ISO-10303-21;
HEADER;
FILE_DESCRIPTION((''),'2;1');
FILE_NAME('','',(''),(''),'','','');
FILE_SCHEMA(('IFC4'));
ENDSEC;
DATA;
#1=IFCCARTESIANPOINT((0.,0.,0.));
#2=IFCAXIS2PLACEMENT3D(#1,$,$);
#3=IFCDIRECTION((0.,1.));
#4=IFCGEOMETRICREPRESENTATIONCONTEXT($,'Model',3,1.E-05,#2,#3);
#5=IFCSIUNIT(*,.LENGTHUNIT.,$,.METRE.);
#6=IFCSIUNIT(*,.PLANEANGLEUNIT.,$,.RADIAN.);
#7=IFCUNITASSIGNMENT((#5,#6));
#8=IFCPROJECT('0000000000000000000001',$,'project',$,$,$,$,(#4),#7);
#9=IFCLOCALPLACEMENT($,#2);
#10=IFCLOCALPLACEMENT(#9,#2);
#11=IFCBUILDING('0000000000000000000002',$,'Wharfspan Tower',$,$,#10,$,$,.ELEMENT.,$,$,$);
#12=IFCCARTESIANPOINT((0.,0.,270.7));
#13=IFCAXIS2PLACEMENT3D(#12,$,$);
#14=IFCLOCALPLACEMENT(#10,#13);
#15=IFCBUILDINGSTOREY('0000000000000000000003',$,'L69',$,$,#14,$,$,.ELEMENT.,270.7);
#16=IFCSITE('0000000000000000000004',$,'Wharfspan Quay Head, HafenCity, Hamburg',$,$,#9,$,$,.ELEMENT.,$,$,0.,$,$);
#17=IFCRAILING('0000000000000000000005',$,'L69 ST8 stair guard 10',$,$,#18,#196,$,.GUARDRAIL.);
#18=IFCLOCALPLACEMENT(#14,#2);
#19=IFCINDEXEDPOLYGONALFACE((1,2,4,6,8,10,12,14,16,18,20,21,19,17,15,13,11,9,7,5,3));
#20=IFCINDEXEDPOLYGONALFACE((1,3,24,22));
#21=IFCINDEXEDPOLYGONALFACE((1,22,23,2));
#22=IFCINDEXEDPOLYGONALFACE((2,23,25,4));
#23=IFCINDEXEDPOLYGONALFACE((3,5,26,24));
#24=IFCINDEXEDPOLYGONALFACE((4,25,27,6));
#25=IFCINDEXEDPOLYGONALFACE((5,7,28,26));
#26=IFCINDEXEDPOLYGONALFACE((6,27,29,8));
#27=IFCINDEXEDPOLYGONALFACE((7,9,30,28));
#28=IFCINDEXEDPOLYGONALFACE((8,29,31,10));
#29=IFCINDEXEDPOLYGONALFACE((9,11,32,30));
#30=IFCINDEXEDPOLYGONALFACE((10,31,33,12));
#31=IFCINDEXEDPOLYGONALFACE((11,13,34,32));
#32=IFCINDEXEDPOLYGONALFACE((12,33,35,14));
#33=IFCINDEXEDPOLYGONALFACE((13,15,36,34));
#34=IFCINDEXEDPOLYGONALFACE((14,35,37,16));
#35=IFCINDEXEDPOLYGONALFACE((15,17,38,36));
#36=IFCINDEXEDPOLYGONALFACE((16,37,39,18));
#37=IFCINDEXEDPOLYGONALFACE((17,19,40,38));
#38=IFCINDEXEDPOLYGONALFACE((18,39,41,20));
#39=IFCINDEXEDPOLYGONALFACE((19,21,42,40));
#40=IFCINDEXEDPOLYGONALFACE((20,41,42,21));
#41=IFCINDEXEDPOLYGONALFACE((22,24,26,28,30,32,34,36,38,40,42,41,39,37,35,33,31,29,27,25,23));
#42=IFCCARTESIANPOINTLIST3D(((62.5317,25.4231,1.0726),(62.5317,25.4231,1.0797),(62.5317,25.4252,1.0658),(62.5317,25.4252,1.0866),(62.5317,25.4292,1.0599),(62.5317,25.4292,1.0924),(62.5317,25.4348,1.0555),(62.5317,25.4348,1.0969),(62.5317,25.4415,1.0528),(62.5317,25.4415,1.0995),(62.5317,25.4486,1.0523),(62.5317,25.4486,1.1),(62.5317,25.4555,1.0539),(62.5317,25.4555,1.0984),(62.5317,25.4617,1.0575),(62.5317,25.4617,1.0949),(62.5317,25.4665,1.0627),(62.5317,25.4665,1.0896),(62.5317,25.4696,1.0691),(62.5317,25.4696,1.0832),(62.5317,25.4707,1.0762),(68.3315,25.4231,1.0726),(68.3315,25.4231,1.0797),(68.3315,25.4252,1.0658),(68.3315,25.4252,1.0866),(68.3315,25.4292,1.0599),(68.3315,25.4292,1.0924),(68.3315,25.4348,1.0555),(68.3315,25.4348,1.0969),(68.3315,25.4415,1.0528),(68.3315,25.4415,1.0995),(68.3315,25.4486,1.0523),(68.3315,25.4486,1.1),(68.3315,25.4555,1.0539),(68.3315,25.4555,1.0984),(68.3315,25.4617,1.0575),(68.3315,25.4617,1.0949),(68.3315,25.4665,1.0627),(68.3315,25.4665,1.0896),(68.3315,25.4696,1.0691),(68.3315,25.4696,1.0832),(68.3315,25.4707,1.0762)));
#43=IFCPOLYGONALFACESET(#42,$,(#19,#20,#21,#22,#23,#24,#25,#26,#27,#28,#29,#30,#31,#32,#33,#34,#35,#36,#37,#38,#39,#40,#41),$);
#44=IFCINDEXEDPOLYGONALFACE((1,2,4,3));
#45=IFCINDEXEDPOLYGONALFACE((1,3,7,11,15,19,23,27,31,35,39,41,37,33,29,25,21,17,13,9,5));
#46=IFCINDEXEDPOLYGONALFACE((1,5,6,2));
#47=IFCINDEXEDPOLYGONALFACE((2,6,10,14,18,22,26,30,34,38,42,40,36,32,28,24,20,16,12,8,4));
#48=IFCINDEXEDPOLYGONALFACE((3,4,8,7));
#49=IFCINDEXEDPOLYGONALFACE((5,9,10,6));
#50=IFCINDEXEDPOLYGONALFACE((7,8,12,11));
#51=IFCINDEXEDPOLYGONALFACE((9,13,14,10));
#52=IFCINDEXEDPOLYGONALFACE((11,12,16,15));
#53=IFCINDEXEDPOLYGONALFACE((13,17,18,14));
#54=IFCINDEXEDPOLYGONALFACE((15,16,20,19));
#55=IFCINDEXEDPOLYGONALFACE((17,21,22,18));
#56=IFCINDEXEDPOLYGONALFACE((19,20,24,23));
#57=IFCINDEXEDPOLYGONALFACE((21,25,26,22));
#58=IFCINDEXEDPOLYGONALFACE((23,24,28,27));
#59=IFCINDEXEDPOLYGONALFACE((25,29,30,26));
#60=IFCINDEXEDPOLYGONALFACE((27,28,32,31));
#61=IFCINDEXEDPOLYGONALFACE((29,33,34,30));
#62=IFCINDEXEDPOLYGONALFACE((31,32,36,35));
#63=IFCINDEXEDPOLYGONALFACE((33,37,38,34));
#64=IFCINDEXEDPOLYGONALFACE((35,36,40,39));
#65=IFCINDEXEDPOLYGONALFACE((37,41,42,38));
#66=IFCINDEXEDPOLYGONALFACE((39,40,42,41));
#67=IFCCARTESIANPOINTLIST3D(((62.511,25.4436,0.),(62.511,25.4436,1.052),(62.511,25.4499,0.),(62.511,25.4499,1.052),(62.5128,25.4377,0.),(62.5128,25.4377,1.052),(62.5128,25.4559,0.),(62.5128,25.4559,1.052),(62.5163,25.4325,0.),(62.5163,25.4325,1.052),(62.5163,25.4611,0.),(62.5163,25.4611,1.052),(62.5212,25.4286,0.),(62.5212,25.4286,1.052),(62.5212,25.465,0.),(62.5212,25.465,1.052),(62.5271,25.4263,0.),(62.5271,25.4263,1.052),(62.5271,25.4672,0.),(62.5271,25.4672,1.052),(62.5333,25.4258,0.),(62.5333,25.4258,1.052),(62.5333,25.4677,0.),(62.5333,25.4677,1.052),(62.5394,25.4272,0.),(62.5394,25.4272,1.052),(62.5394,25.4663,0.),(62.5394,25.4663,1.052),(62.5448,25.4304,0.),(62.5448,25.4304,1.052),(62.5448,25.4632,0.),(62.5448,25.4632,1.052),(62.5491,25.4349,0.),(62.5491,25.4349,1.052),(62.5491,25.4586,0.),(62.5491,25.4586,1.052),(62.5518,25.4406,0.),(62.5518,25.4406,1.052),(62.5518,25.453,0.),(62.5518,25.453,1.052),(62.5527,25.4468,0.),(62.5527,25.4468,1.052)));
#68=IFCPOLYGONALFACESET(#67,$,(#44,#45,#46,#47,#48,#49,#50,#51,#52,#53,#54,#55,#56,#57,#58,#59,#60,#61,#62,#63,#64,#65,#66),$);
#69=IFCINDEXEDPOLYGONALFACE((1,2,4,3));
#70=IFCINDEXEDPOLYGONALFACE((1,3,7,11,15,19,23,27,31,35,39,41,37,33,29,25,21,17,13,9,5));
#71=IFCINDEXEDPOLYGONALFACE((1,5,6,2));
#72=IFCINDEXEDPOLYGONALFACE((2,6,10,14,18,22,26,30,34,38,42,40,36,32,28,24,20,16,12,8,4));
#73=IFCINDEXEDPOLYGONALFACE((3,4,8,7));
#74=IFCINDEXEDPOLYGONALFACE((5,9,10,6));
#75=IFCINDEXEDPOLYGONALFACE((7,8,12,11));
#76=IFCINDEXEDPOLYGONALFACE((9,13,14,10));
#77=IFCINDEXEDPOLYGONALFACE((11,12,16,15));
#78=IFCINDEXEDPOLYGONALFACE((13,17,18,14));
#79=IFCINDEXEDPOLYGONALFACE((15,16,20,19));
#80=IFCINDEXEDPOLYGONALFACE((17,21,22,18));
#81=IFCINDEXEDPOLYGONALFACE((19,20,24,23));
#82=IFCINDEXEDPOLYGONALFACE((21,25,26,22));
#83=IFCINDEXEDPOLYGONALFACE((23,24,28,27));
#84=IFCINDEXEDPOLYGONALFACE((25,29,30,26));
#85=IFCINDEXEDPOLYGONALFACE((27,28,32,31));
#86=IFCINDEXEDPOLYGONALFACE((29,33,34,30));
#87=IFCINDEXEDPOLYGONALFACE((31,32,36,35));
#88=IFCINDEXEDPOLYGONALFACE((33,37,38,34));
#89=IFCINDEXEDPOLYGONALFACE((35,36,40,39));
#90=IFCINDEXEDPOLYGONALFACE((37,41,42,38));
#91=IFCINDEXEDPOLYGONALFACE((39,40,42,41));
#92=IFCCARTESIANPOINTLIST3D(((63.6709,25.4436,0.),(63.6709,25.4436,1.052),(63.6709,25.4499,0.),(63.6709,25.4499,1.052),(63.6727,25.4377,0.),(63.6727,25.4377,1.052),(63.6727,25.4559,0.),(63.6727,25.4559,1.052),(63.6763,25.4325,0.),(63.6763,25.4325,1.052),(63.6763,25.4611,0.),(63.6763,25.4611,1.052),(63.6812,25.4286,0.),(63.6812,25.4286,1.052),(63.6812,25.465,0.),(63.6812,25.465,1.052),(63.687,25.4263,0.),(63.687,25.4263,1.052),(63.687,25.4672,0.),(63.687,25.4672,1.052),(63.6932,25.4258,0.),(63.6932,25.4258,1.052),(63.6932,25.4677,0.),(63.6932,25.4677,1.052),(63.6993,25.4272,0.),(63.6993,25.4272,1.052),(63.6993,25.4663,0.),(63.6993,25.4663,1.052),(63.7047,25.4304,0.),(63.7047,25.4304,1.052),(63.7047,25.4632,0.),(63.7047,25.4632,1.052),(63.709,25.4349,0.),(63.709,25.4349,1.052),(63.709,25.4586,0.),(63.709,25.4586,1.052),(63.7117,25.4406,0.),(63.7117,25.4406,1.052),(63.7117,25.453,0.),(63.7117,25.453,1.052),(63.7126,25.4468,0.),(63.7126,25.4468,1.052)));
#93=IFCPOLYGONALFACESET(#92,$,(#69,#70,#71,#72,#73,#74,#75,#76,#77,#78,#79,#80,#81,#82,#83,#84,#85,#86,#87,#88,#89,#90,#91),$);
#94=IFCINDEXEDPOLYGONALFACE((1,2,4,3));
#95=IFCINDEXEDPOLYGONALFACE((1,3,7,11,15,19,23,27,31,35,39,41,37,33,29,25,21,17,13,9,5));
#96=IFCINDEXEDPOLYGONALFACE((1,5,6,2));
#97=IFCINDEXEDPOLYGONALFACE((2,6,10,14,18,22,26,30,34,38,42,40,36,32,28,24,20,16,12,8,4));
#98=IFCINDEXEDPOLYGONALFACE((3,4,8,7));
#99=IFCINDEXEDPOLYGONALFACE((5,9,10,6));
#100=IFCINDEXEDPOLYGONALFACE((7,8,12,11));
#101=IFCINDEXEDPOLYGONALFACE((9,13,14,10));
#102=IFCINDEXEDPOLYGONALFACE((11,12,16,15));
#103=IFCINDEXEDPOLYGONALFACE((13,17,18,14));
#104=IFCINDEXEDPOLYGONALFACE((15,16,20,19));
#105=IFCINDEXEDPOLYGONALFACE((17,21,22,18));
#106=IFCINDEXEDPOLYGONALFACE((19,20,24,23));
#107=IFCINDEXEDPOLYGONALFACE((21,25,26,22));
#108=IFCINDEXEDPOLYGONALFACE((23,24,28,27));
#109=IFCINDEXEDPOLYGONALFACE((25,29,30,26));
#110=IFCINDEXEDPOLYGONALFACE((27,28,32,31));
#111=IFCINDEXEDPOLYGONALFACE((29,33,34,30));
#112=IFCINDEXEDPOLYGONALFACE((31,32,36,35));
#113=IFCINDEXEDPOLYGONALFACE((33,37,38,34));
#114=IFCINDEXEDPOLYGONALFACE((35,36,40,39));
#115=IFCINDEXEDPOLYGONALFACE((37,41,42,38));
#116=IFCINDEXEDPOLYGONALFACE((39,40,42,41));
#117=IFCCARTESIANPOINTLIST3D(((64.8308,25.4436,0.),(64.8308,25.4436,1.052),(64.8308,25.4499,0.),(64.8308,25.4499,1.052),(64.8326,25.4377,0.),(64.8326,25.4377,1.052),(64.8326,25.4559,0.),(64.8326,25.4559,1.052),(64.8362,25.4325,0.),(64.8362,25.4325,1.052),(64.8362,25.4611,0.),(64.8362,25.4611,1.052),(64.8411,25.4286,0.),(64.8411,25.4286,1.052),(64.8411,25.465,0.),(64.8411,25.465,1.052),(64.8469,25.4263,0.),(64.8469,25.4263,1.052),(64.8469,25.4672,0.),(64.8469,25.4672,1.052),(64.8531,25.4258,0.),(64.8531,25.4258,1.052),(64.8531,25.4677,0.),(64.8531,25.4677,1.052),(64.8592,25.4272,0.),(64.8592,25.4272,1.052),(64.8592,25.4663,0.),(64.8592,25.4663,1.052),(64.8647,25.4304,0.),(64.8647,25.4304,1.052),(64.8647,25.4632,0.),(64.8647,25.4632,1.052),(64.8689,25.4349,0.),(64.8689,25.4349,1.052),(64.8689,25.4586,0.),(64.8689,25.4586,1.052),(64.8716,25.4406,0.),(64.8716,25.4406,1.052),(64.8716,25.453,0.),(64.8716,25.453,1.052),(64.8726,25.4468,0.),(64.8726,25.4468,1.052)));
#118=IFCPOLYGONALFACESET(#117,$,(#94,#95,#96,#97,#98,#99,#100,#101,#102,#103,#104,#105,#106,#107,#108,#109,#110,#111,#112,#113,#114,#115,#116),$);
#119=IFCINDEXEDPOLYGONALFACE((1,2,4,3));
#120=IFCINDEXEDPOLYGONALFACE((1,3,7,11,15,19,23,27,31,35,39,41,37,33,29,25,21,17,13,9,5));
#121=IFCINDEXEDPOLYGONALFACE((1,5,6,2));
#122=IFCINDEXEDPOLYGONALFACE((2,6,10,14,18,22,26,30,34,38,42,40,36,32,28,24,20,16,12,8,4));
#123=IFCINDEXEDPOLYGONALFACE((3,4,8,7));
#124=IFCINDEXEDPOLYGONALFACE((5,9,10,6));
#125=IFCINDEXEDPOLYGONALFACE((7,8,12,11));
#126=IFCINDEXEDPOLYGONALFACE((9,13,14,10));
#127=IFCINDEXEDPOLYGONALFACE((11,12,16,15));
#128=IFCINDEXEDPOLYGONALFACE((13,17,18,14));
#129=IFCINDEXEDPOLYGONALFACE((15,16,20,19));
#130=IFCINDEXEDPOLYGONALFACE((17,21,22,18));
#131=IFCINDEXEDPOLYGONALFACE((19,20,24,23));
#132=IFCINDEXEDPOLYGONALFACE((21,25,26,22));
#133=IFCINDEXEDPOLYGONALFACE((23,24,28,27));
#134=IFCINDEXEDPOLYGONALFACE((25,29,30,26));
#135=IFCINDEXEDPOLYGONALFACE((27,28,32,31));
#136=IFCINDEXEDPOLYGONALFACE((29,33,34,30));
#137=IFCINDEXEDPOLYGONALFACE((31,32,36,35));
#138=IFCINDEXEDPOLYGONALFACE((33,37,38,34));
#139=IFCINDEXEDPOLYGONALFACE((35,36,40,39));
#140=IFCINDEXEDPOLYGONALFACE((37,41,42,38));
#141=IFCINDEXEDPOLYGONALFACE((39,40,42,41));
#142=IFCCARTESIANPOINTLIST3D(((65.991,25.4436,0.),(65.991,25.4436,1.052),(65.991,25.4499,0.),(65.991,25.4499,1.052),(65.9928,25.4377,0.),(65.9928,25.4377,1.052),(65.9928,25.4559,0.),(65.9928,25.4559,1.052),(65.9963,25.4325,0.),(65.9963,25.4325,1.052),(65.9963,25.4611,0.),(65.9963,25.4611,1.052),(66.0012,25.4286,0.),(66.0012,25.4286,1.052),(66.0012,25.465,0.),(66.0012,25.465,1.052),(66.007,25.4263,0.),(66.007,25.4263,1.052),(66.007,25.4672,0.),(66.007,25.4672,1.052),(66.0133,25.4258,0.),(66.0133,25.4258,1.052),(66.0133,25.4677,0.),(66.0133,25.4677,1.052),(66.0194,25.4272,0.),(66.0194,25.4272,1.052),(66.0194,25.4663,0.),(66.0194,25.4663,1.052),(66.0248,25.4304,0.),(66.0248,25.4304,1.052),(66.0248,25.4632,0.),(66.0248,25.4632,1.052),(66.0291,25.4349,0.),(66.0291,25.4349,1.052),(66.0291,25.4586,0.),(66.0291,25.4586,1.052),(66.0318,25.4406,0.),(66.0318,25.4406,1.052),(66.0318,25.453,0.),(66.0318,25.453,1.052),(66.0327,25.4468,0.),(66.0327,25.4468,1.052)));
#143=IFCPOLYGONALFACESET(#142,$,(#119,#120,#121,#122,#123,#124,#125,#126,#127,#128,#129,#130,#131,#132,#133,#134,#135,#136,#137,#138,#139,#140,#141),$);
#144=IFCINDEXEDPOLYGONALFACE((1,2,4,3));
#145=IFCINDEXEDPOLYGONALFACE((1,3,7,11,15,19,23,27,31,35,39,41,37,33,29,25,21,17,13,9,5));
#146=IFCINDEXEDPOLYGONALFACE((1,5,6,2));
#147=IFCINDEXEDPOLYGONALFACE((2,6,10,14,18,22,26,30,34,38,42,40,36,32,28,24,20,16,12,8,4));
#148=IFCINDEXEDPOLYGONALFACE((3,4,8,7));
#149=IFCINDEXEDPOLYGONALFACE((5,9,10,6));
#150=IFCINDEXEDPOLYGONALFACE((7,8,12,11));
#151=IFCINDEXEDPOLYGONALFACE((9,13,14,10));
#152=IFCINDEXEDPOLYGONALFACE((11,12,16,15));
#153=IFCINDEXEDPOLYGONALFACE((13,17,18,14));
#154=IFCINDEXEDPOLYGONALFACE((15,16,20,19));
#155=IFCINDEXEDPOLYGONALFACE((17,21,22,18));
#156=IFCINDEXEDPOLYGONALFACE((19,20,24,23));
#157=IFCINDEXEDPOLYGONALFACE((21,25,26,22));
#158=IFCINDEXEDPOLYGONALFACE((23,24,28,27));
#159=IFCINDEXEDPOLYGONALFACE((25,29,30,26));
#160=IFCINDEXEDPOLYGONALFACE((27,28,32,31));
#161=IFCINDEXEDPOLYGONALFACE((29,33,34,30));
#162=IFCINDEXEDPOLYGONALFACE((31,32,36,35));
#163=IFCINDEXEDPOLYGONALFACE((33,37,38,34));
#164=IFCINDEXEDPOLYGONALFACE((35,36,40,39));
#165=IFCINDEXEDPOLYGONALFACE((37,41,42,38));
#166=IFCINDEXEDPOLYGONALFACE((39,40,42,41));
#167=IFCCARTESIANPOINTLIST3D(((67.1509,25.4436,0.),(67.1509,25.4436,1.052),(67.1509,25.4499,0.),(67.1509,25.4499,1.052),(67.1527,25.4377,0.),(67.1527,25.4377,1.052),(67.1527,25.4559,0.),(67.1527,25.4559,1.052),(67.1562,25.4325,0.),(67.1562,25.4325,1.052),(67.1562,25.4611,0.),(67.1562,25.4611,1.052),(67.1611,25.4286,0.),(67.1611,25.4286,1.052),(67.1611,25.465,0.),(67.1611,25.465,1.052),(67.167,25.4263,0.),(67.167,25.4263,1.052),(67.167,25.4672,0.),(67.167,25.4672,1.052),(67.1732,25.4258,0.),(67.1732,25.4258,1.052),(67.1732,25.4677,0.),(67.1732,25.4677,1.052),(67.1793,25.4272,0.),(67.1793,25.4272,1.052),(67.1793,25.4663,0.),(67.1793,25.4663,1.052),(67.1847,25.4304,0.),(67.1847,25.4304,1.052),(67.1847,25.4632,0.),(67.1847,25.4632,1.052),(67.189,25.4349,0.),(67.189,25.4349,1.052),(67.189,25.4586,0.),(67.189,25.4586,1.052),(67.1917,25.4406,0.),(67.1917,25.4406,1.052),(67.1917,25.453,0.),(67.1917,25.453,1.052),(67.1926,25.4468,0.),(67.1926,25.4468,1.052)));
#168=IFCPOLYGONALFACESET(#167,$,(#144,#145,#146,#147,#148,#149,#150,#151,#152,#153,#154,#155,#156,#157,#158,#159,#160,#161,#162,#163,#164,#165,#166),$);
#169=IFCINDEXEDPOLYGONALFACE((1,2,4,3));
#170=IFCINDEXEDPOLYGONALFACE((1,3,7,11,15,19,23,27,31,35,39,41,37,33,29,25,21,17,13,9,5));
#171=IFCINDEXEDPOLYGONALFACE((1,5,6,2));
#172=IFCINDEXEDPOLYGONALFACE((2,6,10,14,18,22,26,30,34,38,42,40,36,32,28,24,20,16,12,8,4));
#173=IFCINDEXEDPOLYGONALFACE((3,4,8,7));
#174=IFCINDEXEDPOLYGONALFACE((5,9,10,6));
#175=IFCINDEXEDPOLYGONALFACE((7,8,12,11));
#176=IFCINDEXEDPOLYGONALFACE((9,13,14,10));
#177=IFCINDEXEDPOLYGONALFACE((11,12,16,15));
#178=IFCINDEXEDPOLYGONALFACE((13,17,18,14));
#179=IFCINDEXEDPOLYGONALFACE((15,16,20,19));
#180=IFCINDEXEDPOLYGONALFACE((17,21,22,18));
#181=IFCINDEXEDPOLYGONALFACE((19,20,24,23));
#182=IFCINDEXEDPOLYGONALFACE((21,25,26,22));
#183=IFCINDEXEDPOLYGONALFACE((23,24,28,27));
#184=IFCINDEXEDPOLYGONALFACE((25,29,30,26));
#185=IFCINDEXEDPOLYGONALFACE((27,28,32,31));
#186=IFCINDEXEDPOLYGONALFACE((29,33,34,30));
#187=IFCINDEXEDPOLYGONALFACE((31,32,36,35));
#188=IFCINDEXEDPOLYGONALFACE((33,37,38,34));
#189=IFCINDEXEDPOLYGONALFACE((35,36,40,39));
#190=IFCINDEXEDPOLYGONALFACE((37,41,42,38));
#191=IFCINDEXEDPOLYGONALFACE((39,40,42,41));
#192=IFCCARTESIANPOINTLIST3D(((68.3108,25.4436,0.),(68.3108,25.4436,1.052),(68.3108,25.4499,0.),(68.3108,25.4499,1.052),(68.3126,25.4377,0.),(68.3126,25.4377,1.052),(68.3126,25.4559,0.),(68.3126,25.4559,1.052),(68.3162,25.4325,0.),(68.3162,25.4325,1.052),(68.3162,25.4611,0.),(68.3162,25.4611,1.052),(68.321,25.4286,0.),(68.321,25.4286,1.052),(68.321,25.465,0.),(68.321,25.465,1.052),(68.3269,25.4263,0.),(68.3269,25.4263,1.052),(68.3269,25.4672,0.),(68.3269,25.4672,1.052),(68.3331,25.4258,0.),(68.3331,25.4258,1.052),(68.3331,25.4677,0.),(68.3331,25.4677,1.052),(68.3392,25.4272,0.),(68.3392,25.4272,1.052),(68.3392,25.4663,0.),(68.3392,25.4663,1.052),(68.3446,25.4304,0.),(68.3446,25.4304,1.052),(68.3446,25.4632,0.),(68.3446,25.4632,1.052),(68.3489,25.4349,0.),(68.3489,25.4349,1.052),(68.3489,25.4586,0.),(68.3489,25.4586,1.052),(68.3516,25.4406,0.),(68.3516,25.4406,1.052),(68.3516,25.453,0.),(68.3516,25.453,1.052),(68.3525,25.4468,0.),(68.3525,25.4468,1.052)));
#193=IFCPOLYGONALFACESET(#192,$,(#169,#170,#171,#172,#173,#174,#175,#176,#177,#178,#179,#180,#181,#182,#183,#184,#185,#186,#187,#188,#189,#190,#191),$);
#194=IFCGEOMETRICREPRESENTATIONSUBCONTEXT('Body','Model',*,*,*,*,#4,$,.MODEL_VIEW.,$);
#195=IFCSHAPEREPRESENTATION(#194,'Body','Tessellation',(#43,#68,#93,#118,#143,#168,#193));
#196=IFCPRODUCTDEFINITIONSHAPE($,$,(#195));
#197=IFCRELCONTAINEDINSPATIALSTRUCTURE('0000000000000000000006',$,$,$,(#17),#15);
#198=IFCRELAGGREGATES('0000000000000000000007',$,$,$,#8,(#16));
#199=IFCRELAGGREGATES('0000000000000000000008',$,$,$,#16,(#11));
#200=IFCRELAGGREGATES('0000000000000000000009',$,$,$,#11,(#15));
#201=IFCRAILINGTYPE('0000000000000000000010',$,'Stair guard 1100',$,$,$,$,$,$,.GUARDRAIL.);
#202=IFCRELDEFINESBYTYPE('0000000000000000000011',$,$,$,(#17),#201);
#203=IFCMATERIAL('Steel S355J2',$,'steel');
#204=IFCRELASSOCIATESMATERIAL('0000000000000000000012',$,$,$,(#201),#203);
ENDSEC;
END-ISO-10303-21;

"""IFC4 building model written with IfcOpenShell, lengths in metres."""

from ifc_helpers import new_model, si_unit, direction, frame, origin, origin_2d, place, context, subcontext, project, spatial, circle, extrude, material, type_object, element, save


model = new_model("IFC4")

# Units and contexts
model_context = context("Model", 3, precision=1e-05, world=origin(), true_north=direction((0.0, 1.0)))
body_context = subcontext(model_context, "Body", "Model", "MODEL_VIEW")
ifc_project = project(units=[si_unit("LENGTHUNIT", "METRE"), si_unit("PLANEANGLEUNIT", "RADIAN")], contexts=[model_context])

# Site, building, storey
site_placement = place(None, origin())
site = spatial("IfcSite", under=ifc_project, at=site_placement, Name="Wharfspan Quay Head, HafenCity, Hamburg", CompositionType="ELEMENT", RefElevation=0.0)
building_placement = place(site_placement, origin())
building = spatial("IfcBuilding", under=site, at=building_placement, Name="Wharfspan Tower", CompositionType="ELEMENT")
storey_placement = place(building_placement, frame((0.0, 0.0, 270.7)))
storey = spatial("IfcBuildingStorey", under=building, at=storey_placement, Name="L69", CompositionType="ELEMENT", Elevation=270.7)

# Shared definitions
ifc_material_1 = material(Name="Steel S355J2", Category="steel")

# Railing
railing_type_1 = type_object("IfcRailingType", Name="Stair guard 1100", PredefinedType="GUARDRAIL", material=ifc_material_1)
for number, where, name in (
    (1, (62.5317, 25.4468, 0.0), "L69 ST8 stair guard 10"),
):
    element("IfcRailing", number, at=place(storey_placement, frame(where)), inside=storey, type_object=railing_type_1, Name=name, PredefinedType="GUARDRAIL", context=body_context, shape_type="SweptSolid", body=[
        extrude(circle(Radius=0.0239, at=origin_2d()), frame((0.0, 0.0, 1.0762), z_axis=(1.0, 0.0, 0.0), x_axis=(0.0, 1.0, 0.0)), (0.0, 0.0, 1.0), 5.7998),
        extrude(circle(Radius=0.021, at=origin_2d()), origin(), (0.0, 0.0, 1.0), 1.052),
        extrude(circle(Radius=0.021, at=origin_2d()), frame((1.1599, 0.0, 0.0)), (0.0, 0.0, 1.0), 1.052),
        extrude(circle(Radius=0.021, at=origin_2d()), frame((2.3198, 0.0, 0.0)), (0.0, 0.0, 1.0), 1.052),
        extrude(circle(Radius=0.021, at=origin_2d()), frame((3.48, 0.0, 0.0)), (0.0, 0.0, 1.0), 1.052),
        extrude(circle(Radius=0.021, at=origin_2d()), frame((4.6399, 0.0, 0.0)), (0.0, 0.0, 1.0), 1.052),
        extrude(circle(Radius=0.021, at=origin_2d()), frame((5.7998, 0.0, 0.0)), (0.0, 0.0, 1.0), 1.052),
    ])

save(model, "model.ifc")
